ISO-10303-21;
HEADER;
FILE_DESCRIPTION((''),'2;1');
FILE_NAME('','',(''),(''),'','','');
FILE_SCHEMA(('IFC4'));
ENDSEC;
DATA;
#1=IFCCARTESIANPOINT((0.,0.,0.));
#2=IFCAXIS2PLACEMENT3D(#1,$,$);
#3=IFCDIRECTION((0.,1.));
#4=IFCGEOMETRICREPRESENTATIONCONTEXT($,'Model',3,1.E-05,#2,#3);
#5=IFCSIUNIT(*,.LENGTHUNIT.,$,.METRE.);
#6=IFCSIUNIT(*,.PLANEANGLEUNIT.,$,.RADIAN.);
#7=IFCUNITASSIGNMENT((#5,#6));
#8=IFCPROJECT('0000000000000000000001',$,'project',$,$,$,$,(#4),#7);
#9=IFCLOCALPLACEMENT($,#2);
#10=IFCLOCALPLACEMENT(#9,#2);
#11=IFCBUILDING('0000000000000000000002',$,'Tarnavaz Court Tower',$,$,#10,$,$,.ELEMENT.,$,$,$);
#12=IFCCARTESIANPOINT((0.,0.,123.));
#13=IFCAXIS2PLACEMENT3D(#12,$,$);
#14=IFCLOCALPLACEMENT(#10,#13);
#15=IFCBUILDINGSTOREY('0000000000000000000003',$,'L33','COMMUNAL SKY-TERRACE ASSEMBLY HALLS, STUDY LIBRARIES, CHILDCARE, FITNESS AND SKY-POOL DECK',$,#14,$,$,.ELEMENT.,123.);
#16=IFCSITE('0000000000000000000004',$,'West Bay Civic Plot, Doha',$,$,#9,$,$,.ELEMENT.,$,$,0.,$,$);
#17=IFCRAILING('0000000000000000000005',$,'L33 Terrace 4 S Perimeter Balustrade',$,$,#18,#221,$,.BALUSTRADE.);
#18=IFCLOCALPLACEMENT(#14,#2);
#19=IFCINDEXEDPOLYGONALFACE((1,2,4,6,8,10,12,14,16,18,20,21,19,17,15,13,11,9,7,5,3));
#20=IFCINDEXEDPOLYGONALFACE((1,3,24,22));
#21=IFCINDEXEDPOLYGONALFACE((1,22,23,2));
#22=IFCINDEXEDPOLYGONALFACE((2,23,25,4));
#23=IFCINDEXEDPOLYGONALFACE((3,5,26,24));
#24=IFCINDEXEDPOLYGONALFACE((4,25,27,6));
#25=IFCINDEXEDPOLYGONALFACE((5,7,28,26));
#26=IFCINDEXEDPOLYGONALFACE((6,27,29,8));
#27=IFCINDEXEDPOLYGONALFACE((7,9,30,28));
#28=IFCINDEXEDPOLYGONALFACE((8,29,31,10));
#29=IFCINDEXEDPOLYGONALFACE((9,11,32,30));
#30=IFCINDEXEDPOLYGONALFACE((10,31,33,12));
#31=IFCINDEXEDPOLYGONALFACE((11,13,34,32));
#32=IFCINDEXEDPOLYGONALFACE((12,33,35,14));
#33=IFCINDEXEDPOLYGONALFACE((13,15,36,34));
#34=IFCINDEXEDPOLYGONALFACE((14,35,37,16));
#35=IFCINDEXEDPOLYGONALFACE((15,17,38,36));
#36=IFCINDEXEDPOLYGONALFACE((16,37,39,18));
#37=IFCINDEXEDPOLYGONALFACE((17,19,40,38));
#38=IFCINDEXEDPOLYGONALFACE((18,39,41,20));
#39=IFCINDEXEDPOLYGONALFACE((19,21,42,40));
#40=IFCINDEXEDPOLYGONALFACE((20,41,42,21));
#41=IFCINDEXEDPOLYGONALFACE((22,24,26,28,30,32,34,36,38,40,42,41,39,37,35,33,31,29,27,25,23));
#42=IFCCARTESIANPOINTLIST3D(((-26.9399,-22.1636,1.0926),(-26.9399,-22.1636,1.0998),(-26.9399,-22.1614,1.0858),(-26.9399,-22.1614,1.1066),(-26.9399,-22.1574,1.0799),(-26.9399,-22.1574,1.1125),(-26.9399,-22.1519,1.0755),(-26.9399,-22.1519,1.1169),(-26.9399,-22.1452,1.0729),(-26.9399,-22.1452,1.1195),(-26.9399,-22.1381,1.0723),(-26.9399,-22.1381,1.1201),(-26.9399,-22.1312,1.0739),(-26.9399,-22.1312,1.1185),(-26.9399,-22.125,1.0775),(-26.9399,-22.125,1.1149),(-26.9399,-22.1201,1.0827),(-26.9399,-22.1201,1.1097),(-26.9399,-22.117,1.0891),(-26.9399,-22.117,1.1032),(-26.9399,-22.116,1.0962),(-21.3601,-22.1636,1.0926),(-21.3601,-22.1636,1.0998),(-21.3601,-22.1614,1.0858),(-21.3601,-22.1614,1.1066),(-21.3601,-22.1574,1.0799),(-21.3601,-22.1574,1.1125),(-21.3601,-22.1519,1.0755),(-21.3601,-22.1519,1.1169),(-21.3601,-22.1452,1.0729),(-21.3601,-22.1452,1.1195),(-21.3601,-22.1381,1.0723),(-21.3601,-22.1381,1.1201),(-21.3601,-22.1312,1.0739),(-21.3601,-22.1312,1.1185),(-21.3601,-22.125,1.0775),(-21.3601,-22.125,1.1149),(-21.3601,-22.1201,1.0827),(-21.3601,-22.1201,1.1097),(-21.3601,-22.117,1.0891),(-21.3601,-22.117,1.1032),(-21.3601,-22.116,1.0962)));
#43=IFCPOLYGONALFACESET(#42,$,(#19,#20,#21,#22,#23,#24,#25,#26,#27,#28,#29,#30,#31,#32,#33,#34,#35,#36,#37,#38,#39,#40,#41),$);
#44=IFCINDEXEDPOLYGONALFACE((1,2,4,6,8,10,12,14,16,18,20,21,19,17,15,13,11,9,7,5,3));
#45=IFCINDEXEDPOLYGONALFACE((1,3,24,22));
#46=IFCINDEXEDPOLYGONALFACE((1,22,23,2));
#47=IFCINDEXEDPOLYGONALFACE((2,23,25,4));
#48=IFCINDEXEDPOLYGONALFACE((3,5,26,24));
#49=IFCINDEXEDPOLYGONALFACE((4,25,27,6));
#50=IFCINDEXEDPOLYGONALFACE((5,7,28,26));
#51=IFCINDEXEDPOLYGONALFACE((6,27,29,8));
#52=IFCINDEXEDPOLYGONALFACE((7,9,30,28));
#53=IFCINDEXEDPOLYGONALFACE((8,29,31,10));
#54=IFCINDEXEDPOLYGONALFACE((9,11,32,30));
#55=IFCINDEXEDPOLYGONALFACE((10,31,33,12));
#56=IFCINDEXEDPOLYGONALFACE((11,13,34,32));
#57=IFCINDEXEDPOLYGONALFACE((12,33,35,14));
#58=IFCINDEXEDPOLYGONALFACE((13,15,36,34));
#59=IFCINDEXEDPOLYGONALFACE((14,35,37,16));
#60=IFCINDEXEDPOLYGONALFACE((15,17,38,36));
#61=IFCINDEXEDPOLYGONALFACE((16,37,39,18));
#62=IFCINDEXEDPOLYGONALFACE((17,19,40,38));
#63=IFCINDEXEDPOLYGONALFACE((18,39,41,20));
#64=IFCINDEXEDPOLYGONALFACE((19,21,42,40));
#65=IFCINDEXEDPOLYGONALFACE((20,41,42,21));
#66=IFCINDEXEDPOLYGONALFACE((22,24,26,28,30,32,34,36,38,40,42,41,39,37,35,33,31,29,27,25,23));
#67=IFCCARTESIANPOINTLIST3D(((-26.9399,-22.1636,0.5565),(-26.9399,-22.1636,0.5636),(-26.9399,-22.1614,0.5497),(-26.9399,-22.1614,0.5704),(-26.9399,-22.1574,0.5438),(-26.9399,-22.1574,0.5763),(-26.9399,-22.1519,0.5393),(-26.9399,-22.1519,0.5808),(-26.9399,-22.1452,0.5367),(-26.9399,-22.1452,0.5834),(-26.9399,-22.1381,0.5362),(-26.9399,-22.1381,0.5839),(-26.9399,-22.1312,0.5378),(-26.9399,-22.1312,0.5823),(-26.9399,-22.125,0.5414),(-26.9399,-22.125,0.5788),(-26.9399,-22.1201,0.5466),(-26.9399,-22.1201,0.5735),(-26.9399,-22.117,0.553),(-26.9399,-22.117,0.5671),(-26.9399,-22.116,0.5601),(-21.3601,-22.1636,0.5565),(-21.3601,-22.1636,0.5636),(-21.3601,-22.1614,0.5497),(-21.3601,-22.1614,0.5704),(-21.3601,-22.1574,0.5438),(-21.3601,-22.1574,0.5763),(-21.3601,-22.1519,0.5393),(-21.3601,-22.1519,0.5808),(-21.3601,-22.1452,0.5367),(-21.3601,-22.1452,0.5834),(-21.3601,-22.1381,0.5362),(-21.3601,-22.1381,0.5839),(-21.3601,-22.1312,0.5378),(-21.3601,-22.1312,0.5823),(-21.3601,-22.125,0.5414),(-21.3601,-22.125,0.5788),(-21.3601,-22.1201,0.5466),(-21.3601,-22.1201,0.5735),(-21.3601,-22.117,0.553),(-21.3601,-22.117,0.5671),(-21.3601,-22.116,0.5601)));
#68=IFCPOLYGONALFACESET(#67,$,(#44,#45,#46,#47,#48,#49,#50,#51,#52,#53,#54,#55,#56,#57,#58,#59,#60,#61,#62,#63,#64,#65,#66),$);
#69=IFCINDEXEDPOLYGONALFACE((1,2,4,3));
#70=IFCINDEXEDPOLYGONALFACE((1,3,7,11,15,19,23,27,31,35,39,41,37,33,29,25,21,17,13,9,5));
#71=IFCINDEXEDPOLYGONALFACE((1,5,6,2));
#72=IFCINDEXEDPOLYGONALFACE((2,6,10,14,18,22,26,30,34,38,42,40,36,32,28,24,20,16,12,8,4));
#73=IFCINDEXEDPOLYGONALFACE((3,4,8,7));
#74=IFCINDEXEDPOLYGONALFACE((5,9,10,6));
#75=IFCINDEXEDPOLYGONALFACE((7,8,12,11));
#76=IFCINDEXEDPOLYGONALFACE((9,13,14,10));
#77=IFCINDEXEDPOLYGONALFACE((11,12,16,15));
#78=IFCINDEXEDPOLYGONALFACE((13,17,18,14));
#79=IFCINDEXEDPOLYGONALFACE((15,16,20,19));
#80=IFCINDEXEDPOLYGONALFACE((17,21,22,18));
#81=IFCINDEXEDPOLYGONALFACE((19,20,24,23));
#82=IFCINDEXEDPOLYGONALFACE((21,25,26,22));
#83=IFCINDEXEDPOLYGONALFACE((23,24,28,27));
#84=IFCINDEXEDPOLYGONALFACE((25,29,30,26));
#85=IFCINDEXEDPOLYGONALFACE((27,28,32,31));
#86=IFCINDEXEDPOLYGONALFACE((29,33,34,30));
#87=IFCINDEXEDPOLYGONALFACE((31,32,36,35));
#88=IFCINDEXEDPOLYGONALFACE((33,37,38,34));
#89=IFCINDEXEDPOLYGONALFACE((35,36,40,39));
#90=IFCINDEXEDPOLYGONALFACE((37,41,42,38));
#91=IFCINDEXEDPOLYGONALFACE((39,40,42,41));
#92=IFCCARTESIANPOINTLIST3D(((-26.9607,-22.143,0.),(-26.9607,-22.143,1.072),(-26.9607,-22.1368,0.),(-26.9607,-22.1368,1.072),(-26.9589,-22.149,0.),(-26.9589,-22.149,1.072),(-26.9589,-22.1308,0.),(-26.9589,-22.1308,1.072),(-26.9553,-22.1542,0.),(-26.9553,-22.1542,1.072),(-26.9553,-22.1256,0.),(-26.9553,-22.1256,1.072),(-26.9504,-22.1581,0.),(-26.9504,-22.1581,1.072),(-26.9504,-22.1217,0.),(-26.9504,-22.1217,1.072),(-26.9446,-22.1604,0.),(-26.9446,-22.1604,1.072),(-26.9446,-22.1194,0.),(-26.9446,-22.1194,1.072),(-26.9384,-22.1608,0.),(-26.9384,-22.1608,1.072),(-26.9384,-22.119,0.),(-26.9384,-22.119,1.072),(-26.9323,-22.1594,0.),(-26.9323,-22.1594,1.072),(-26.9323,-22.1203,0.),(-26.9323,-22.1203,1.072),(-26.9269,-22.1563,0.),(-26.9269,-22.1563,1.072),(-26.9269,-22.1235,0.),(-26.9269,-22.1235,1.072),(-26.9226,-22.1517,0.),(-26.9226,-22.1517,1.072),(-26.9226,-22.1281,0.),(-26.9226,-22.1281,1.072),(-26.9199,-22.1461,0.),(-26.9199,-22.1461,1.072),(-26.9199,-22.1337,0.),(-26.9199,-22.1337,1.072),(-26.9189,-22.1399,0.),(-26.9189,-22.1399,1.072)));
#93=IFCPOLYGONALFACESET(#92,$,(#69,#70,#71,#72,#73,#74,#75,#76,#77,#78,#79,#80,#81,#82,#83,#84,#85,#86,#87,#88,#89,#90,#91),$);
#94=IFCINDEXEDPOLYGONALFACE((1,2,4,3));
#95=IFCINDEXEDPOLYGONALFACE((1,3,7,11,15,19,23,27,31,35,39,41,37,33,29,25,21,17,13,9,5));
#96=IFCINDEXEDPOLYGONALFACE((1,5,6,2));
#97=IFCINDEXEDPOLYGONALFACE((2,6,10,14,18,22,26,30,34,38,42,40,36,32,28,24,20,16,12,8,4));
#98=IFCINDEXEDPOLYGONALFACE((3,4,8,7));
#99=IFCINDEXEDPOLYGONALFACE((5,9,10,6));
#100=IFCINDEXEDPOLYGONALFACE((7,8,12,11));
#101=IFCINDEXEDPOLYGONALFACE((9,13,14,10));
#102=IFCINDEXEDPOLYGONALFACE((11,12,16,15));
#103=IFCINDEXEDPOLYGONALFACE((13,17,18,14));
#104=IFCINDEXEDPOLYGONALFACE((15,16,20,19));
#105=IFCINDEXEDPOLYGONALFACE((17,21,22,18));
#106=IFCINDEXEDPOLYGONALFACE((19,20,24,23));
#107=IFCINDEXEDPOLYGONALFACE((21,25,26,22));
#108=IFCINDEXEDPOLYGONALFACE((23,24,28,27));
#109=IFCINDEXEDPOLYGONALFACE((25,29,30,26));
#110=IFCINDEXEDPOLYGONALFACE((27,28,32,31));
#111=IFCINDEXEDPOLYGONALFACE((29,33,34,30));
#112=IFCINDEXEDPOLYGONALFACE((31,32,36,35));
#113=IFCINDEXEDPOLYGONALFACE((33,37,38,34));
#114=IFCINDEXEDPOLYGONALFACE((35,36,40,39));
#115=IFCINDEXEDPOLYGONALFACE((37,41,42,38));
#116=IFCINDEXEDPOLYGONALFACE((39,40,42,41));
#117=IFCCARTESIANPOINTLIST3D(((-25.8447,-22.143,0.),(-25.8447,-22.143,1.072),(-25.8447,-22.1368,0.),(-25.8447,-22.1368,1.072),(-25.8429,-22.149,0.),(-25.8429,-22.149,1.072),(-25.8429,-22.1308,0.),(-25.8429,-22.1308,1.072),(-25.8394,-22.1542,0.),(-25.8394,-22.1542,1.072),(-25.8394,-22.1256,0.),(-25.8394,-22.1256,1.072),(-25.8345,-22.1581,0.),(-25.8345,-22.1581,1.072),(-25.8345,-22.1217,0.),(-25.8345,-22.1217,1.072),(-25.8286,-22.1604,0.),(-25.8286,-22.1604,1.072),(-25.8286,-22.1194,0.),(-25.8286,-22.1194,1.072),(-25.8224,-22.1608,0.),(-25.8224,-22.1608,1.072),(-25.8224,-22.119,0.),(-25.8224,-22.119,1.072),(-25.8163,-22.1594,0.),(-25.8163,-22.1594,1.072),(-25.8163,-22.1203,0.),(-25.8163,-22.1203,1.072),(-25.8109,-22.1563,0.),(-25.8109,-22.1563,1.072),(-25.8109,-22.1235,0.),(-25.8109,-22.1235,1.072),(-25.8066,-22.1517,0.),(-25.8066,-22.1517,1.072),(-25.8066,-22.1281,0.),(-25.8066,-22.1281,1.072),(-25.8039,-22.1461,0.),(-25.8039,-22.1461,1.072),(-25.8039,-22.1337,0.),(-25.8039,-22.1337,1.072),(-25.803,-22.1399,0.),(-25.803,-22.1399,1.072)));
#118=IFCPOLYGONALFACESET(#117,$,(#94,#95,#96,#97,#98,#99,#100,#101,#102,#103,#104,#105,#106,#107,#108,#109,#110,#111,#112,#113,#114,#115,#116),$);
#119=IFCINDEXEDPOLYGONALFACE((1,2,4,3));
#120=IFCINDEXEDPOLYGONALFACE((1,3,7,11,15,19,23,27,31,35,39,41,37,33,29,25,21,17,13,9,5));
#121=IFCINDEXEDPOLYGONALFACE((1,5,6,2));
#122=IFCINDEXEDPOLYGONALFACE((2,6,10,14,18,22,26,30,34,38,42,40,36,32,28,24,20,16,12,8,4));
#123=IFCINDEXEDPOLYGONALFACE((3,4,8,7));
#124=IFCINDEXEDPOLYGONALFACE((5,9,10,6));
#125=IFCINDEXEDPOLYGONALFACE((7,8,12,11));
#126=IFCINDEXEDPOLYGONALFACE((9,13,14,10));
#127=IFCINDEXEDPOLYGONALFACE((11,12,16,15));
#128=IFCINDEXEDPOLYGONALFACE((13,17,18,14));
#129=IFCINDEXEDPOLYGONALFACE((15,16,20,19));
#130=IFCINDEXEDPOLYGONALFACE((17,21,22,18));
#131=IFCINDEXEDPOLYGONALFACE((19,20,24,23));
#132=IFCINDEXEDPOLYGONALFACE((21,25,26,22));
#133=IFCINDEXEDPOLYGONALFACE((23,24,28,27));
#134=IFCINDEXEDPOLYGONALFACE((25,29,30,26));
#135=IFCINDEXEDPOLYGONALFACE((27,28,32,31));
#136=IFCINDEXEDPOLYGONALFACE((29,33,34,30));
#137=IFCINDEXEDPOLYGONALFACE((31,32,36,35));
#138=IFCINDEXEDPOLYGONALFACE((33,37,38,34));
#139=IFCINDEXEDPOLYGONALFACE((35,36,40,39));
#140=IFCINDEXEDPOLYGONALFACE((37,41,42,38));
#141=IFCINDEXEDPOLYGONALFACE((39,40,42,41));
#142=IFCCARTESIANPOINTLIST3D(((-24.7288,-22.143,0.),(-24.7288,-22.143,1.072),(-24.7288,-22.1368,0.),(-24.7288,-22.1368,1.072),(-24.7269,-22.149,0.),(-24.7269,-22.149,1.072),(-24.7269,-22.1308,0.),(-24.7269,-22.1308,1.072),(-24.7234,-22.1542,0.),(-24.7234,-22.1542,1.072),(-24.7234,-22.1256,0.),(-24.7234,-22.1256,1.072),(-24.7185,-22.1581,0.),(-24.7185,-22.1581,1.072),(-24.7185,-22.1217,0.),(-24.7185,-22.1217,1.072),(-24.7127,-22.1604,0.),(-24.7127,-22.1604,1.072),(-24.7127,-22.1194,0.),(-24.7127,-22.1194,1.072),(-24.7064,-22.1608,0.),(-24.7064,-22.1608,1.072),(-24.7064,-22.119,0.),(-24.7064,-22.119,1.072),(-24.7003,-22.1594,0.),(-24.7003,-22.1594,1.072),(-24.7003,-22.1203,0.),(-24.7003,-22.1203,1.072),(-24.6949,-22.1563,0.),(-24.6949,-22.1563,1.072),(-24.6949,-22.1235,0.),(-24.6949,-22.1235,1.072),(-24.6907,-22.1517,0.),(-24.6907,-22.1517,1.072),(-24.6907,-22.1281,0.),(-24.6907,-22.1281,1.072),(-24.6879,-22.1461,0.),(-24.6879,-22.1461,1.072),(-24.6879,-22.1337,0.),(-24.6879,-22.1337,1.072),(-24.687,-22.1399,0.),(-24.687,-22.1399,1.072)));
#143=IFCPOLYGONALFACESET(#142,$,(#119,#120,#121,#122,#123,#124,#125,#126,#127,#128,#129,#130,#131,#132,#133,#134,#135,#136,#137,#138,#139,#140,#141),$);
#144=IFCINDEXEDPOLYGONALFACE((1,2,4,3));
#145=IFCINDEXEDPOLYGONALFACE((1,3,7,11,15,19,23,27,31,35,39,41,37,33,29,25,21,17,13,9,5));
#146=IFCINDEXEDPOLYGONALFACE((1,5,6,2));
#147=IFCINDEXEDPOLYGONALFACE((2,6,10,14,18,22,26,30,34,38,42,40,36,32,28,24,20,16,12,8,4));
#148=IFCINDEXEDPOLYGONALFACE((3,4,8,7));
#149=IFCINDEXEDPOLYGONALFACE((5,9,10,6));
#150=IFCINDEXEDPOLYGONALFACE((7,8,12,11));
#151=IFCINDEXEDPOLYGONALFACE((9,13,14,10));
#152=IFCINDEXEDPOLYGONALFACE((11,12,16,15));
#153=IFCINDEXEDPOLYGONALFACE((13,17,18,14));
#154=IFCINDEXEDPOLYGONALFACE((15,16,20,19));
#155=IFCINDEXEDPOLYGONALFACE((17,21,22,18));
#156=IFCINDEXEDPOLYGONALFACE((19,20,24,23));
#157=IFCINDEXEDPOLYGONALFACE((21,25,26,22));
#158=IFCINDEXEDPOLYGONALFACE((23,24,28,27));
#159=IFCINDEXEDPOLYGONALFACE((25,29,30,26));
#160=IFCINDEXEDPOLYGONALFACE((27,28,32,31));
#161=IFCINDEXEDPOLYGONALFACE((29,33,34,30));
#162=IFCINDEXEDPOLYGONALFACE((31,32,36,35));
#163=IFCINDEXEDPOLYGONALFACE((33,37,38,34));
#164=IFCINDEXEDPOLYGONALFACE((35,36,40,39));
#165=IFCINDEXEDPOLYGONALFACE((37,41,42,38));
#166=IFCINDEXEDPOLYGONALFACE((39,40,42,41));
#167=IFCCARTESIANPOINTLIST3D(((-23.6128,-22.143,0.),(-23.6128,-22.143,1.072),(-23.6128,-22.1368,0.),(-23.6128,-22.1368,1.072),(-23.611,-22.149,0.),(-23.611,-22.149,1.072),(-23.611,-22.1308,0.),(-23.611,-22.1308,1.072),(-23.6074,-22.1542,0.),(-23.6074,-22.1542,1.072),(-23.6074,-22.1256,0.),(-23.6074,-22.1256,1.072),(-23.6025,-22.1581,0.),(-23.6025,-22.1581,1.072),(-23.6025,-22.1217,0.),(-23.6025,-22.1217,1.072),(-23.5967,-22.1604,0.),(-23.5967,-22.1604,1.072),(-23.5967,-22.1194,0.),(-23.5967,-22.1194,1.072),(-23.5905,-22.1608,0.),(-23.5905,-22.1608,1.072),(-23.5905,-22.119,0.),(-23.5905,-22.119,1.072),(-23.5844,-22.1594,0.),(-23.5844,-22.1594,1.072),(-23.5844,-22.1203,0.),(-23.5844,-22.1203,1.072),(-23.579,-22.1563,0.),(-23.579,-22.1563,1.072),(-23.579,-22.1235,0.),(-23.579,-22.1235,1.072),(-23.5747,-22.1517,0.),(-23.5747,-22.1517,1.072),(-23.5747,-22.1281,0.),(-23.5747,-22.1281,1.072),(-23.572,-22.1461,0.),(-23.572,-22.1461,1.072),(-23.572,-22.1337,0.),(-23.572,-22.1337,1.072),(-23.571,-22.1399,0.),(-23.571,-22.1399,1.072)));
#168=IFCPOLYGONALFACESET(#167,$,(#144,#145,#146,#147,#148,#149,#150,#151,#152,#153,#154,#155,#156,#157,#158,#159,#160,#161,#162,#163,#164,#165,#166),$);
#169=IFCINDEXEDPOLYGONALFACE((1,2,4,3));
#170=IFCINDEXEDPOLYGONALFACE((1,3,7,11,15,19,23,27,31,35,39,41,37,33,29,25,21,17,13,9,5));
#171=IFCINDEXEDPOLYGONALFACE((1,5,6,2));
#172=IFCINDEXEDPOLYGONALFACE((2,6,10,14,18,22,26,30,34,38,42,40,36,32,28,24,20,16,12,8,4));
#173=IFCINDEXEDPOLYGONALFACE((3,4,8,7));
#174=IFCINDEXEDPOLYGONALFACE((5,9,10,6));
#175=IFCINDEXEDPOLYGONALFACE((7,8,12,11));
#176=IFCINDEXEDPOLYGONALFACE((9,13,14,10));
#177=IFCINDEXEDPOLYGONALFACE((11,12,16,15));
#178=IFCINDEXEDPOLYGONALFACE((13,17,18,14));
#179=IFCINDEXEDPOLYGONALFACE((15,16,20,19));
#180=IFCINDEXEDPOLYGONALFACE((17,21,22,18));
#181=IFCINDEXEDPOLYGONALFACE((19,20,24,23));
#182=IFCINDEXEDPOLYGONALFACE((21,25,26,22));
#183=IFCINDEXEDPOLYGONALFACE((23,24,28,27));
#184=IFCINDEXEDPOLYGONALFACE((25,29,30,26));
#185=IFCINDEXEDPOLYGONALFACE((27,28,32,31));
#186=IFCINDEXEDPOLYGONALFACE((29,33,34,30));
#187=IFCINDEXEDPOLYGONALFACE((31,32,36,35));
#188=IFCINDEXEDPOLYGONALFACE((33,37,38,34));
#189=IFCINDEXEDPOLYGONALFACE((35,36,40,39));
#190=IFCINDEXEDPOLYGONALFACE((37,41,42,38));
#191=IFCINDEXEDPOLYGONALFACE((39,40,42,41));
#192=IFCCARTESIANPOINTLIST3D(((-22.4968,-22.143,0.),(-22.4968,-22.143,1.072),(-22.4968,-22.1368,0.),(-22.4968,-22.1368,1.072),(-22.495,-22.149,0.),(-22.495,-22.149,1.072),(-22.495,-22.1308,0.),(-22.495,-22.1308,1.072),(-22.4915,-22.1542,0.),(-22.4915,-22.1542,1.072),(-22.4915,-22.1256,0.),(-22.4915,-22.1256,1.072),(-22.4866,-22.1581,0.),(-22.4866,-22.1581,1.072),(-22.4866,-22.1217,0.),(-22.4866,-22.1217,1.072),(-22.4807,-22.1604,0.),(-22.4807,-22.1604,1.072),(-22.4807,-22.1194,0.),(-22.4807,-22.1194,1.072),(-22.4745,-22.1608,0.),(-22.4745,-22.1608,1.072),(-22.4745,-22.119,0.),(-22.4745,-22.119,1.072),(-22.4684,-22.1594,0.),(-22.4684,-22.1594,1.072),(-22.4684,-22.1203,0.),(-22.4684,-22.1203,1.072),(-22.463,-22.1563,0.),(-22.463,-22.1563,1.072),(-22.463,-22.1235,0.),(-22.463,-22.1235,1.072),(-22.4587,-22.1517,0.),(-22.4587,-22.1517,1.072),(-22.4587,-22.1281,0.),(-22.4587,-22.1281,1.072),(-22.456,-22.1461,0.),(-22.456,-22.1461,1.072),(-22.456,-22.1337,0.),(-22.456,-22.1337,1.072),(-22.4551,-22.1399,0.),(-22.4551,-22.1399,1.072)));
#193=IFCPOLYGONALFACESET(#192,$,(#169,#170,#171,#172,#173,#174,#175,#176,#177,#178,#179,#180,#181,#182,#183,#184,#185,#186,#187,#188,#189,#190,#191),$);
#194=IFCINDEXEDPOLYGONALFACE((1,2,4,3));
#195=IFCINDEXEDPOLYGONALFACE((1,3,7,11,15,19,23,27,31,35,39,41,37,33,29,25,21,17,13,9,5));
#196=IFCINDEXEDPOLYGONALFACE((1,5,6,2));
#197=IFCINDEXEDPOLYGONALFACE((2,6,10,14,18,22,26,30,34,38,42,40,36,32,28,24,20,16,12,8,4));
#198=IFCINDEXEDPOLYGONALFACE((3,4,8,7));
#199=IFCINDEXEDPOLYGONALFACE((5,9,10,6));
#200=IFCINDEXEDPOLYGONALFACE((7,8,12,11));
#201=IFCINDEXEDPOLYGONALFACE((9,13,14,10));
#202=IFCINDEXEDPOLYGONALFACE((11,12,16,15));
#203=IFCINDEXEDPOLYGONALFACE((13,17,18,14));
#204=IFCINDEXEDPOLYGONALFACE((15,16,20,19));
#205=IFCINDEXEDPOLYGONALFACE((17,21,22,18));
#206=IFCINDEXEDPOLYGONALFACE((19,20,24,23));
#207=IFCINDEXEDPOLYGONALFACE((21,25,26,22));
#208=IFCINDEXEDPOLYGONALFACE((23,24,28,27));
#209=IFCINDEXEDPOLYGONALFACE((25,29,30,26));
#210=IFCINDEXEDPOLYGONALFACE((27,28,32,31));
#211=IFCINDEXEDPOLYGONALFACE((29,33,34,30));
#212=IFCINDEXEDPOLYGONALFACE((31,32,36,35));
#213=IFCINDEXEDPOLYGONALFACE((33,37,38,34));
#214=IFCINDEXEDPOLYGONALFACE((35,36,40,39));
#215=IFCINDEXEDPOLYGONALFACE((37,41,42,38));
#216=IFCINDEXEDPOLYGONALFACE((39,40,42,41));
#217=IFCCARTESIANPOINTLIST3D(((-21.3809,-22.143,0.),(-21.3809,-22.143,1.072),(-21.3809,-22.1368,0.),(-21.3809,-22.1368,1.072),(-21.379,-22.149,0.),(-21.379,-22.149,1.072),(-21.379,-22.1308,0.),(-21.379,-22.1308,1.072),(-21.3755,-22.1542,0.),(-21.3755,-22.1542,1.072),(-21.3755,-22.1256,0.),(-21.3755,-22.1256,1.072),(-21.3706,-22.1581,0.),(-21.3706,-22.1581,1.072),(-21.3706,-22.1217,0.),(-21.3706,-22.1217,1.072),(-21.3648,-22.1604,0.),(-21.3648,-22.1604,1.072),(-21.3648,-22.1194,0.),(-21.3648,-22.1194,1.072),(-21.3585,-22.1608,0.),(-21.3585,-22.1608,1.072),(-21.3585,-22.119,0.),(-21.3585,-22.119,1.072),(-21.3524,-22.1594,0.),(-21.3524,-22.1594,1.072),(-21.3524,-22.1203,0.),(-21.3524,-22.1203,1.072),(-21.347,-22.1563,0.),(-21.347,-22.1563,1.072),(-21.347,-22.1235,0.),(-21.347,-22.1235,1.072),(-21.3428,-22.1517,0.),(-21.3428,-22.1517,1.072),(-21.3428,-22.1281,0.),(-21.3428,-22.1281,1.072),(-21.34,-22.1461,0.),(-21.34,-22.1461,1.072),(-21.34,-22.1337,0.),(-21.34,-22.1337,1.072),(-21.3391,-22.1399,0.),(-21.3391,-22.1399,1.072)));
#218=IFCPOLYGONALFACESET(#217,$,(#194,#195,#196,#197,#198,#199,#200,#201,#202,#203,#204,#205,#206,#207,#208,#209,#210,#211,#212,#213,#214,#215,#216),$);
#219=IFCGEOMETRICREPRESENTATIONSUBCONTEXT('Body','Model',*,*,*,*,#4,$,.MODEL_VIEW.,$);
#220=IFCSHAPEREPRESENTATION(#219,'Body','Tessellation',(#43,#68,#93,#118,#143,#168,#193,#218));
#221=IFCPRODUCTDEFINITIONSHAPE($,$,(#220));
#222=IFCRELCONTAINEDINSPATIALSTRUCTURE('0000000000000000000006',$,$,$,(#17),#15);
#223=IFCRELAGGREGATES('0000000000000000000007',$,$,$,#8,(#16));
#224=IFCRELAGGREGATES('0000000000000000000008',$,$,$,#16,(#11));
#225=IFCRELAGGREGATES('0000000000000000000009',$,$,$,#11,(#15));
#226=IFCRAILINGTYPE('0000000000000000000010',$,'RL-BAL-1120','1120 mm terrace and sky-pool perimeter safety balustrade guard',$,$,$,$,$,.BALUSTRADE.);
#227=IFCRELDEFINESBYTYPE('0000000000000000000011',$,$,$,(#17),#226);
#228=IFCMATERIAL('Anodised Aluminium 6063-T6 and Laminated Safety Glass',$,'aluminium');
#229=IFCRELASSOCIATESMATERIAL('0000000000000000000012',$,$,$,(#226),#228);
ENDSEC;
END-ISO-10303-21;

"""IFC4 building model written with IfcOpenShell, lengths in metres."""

from ifc_helpers import new_model, si_unit, direction, frame, origin, origin_2d, place, context, subcontext, project, spatial, circle, extrude, material, type_object, element, save


model = new_model("IFC4")

# Units and contexts
model_context = context("Model", 3, precision=1e-05, world=origin(), true_north=direction((0.0, 1.0)))
body_context = subcontext(model_context, "Body", "Model", "MODEL_VIEW")
ifc_project = project(units=[si_unit("LENGTHUNIT", "METRE"), si_unit("PLANEANGLEUNIT", "RADIAN")], contexts=[model_context])

# Site, building, storey
site_placement = place(None, origin())
site = spatial("IfcSite", under=ifc_project, at=site_placement, Name="West Bay Civic Plot, Doha", CompositionType="ELEMENT", RefElevation=0.0)
building_placement = place(site_placement, origin())
building = spatial("IfcBuilding", under=site, at=building_placement, Name="Tarnavaz Court Tower", CompositionType="ELEMENT")
storey_placement = place(building_placement, frame((0.0, 0.0, 123.0)))
storey = spatial("IfcBuildingStorey", under=building, at=storey_placement, Name="L33", Description="COMMUNAL SKY-TERRACE ASSEMBLY HALLS, STUDY LIBRARIES, CHILDCARE, FITNESS AND SKY-POOL DECK", CompositionType="ELEMENT", Elevation=123.0)

# Railing
ifc_material_1 = material(Name="Anodised Aluminium 6063-T6 and Laminated Safety Glass", Category="aluminium")
railing_type = type_object("IfcRailingType", Name="RL-BAL-1120", Description="1120 mm terrace and sky-pool perimeter safety balustrade guard", PredefinedType="BALUSTRADE", material=ifc_material_1)
railing_1_placement = place(storey_placement, frame((-26.9399, -22.1399, 0.0)))
element("IfcRailing", 1, at=railing_1_placement, inside=storey, type_object=railing_type, Name="L33 Terrace 4 S Perimeter Balustrade", PredefinedType="BALUSTRADE", context=body_context, shape_type="SweptSolid", body=[
    extrude(circle(Radius=0.0239, at=origin_2d()), frame((0.0, 0.0, 1.0962), z_axis=(1.0, 0.0, 0.0), x_axis=(0.0, 1.0, 0.0)), (0.0, 0.0, 1.0), 5.5798),
    extrude(circle(Radius=0.0239, at=origin_2d()), frame((0.0, 0.0, 0.5601), z_axis=(1.0, 0.0, 0.0), x_axis=(0.0, 1.0, 0.0)), (0.0, 0.0, 1.0), 5.5798),
    extrude(circle(Radius=0.021, at=origin_2d()), origin(), (0.0, 0.0, 1.0), 1.072),
    extrude(circle(Radius=0.021, at=origin_2d()), frame((1.116, 0.0, 0.0)), (0.0, 0.0, 1.0), 1.072),
    extrude(circle(Radius=0.021, at=origin_2d()), frame((2.2319, 0.0, 0.0)), (0.0, 0.0, 1.0), 1.072),
    extrude(circle(Radius=0.021, at=origin_2d()), frame((3.3479, 0.0, 0.0)), (0.0, 0.0, 1.0), 1.072),
    extrude(circle(Radius=0.021, at=origin_2d()), frame((4.4639, 0.0, 0.0)), (0.0, 0.0, 1.0), 1.072),
    extrude(circle(Radius=0.021, at=origin_2d()), frame((5.5798, 0.0, 0.0)), (0.0, 0.0, 1.0), 1.072),
])

save(model, "model.ifc")
